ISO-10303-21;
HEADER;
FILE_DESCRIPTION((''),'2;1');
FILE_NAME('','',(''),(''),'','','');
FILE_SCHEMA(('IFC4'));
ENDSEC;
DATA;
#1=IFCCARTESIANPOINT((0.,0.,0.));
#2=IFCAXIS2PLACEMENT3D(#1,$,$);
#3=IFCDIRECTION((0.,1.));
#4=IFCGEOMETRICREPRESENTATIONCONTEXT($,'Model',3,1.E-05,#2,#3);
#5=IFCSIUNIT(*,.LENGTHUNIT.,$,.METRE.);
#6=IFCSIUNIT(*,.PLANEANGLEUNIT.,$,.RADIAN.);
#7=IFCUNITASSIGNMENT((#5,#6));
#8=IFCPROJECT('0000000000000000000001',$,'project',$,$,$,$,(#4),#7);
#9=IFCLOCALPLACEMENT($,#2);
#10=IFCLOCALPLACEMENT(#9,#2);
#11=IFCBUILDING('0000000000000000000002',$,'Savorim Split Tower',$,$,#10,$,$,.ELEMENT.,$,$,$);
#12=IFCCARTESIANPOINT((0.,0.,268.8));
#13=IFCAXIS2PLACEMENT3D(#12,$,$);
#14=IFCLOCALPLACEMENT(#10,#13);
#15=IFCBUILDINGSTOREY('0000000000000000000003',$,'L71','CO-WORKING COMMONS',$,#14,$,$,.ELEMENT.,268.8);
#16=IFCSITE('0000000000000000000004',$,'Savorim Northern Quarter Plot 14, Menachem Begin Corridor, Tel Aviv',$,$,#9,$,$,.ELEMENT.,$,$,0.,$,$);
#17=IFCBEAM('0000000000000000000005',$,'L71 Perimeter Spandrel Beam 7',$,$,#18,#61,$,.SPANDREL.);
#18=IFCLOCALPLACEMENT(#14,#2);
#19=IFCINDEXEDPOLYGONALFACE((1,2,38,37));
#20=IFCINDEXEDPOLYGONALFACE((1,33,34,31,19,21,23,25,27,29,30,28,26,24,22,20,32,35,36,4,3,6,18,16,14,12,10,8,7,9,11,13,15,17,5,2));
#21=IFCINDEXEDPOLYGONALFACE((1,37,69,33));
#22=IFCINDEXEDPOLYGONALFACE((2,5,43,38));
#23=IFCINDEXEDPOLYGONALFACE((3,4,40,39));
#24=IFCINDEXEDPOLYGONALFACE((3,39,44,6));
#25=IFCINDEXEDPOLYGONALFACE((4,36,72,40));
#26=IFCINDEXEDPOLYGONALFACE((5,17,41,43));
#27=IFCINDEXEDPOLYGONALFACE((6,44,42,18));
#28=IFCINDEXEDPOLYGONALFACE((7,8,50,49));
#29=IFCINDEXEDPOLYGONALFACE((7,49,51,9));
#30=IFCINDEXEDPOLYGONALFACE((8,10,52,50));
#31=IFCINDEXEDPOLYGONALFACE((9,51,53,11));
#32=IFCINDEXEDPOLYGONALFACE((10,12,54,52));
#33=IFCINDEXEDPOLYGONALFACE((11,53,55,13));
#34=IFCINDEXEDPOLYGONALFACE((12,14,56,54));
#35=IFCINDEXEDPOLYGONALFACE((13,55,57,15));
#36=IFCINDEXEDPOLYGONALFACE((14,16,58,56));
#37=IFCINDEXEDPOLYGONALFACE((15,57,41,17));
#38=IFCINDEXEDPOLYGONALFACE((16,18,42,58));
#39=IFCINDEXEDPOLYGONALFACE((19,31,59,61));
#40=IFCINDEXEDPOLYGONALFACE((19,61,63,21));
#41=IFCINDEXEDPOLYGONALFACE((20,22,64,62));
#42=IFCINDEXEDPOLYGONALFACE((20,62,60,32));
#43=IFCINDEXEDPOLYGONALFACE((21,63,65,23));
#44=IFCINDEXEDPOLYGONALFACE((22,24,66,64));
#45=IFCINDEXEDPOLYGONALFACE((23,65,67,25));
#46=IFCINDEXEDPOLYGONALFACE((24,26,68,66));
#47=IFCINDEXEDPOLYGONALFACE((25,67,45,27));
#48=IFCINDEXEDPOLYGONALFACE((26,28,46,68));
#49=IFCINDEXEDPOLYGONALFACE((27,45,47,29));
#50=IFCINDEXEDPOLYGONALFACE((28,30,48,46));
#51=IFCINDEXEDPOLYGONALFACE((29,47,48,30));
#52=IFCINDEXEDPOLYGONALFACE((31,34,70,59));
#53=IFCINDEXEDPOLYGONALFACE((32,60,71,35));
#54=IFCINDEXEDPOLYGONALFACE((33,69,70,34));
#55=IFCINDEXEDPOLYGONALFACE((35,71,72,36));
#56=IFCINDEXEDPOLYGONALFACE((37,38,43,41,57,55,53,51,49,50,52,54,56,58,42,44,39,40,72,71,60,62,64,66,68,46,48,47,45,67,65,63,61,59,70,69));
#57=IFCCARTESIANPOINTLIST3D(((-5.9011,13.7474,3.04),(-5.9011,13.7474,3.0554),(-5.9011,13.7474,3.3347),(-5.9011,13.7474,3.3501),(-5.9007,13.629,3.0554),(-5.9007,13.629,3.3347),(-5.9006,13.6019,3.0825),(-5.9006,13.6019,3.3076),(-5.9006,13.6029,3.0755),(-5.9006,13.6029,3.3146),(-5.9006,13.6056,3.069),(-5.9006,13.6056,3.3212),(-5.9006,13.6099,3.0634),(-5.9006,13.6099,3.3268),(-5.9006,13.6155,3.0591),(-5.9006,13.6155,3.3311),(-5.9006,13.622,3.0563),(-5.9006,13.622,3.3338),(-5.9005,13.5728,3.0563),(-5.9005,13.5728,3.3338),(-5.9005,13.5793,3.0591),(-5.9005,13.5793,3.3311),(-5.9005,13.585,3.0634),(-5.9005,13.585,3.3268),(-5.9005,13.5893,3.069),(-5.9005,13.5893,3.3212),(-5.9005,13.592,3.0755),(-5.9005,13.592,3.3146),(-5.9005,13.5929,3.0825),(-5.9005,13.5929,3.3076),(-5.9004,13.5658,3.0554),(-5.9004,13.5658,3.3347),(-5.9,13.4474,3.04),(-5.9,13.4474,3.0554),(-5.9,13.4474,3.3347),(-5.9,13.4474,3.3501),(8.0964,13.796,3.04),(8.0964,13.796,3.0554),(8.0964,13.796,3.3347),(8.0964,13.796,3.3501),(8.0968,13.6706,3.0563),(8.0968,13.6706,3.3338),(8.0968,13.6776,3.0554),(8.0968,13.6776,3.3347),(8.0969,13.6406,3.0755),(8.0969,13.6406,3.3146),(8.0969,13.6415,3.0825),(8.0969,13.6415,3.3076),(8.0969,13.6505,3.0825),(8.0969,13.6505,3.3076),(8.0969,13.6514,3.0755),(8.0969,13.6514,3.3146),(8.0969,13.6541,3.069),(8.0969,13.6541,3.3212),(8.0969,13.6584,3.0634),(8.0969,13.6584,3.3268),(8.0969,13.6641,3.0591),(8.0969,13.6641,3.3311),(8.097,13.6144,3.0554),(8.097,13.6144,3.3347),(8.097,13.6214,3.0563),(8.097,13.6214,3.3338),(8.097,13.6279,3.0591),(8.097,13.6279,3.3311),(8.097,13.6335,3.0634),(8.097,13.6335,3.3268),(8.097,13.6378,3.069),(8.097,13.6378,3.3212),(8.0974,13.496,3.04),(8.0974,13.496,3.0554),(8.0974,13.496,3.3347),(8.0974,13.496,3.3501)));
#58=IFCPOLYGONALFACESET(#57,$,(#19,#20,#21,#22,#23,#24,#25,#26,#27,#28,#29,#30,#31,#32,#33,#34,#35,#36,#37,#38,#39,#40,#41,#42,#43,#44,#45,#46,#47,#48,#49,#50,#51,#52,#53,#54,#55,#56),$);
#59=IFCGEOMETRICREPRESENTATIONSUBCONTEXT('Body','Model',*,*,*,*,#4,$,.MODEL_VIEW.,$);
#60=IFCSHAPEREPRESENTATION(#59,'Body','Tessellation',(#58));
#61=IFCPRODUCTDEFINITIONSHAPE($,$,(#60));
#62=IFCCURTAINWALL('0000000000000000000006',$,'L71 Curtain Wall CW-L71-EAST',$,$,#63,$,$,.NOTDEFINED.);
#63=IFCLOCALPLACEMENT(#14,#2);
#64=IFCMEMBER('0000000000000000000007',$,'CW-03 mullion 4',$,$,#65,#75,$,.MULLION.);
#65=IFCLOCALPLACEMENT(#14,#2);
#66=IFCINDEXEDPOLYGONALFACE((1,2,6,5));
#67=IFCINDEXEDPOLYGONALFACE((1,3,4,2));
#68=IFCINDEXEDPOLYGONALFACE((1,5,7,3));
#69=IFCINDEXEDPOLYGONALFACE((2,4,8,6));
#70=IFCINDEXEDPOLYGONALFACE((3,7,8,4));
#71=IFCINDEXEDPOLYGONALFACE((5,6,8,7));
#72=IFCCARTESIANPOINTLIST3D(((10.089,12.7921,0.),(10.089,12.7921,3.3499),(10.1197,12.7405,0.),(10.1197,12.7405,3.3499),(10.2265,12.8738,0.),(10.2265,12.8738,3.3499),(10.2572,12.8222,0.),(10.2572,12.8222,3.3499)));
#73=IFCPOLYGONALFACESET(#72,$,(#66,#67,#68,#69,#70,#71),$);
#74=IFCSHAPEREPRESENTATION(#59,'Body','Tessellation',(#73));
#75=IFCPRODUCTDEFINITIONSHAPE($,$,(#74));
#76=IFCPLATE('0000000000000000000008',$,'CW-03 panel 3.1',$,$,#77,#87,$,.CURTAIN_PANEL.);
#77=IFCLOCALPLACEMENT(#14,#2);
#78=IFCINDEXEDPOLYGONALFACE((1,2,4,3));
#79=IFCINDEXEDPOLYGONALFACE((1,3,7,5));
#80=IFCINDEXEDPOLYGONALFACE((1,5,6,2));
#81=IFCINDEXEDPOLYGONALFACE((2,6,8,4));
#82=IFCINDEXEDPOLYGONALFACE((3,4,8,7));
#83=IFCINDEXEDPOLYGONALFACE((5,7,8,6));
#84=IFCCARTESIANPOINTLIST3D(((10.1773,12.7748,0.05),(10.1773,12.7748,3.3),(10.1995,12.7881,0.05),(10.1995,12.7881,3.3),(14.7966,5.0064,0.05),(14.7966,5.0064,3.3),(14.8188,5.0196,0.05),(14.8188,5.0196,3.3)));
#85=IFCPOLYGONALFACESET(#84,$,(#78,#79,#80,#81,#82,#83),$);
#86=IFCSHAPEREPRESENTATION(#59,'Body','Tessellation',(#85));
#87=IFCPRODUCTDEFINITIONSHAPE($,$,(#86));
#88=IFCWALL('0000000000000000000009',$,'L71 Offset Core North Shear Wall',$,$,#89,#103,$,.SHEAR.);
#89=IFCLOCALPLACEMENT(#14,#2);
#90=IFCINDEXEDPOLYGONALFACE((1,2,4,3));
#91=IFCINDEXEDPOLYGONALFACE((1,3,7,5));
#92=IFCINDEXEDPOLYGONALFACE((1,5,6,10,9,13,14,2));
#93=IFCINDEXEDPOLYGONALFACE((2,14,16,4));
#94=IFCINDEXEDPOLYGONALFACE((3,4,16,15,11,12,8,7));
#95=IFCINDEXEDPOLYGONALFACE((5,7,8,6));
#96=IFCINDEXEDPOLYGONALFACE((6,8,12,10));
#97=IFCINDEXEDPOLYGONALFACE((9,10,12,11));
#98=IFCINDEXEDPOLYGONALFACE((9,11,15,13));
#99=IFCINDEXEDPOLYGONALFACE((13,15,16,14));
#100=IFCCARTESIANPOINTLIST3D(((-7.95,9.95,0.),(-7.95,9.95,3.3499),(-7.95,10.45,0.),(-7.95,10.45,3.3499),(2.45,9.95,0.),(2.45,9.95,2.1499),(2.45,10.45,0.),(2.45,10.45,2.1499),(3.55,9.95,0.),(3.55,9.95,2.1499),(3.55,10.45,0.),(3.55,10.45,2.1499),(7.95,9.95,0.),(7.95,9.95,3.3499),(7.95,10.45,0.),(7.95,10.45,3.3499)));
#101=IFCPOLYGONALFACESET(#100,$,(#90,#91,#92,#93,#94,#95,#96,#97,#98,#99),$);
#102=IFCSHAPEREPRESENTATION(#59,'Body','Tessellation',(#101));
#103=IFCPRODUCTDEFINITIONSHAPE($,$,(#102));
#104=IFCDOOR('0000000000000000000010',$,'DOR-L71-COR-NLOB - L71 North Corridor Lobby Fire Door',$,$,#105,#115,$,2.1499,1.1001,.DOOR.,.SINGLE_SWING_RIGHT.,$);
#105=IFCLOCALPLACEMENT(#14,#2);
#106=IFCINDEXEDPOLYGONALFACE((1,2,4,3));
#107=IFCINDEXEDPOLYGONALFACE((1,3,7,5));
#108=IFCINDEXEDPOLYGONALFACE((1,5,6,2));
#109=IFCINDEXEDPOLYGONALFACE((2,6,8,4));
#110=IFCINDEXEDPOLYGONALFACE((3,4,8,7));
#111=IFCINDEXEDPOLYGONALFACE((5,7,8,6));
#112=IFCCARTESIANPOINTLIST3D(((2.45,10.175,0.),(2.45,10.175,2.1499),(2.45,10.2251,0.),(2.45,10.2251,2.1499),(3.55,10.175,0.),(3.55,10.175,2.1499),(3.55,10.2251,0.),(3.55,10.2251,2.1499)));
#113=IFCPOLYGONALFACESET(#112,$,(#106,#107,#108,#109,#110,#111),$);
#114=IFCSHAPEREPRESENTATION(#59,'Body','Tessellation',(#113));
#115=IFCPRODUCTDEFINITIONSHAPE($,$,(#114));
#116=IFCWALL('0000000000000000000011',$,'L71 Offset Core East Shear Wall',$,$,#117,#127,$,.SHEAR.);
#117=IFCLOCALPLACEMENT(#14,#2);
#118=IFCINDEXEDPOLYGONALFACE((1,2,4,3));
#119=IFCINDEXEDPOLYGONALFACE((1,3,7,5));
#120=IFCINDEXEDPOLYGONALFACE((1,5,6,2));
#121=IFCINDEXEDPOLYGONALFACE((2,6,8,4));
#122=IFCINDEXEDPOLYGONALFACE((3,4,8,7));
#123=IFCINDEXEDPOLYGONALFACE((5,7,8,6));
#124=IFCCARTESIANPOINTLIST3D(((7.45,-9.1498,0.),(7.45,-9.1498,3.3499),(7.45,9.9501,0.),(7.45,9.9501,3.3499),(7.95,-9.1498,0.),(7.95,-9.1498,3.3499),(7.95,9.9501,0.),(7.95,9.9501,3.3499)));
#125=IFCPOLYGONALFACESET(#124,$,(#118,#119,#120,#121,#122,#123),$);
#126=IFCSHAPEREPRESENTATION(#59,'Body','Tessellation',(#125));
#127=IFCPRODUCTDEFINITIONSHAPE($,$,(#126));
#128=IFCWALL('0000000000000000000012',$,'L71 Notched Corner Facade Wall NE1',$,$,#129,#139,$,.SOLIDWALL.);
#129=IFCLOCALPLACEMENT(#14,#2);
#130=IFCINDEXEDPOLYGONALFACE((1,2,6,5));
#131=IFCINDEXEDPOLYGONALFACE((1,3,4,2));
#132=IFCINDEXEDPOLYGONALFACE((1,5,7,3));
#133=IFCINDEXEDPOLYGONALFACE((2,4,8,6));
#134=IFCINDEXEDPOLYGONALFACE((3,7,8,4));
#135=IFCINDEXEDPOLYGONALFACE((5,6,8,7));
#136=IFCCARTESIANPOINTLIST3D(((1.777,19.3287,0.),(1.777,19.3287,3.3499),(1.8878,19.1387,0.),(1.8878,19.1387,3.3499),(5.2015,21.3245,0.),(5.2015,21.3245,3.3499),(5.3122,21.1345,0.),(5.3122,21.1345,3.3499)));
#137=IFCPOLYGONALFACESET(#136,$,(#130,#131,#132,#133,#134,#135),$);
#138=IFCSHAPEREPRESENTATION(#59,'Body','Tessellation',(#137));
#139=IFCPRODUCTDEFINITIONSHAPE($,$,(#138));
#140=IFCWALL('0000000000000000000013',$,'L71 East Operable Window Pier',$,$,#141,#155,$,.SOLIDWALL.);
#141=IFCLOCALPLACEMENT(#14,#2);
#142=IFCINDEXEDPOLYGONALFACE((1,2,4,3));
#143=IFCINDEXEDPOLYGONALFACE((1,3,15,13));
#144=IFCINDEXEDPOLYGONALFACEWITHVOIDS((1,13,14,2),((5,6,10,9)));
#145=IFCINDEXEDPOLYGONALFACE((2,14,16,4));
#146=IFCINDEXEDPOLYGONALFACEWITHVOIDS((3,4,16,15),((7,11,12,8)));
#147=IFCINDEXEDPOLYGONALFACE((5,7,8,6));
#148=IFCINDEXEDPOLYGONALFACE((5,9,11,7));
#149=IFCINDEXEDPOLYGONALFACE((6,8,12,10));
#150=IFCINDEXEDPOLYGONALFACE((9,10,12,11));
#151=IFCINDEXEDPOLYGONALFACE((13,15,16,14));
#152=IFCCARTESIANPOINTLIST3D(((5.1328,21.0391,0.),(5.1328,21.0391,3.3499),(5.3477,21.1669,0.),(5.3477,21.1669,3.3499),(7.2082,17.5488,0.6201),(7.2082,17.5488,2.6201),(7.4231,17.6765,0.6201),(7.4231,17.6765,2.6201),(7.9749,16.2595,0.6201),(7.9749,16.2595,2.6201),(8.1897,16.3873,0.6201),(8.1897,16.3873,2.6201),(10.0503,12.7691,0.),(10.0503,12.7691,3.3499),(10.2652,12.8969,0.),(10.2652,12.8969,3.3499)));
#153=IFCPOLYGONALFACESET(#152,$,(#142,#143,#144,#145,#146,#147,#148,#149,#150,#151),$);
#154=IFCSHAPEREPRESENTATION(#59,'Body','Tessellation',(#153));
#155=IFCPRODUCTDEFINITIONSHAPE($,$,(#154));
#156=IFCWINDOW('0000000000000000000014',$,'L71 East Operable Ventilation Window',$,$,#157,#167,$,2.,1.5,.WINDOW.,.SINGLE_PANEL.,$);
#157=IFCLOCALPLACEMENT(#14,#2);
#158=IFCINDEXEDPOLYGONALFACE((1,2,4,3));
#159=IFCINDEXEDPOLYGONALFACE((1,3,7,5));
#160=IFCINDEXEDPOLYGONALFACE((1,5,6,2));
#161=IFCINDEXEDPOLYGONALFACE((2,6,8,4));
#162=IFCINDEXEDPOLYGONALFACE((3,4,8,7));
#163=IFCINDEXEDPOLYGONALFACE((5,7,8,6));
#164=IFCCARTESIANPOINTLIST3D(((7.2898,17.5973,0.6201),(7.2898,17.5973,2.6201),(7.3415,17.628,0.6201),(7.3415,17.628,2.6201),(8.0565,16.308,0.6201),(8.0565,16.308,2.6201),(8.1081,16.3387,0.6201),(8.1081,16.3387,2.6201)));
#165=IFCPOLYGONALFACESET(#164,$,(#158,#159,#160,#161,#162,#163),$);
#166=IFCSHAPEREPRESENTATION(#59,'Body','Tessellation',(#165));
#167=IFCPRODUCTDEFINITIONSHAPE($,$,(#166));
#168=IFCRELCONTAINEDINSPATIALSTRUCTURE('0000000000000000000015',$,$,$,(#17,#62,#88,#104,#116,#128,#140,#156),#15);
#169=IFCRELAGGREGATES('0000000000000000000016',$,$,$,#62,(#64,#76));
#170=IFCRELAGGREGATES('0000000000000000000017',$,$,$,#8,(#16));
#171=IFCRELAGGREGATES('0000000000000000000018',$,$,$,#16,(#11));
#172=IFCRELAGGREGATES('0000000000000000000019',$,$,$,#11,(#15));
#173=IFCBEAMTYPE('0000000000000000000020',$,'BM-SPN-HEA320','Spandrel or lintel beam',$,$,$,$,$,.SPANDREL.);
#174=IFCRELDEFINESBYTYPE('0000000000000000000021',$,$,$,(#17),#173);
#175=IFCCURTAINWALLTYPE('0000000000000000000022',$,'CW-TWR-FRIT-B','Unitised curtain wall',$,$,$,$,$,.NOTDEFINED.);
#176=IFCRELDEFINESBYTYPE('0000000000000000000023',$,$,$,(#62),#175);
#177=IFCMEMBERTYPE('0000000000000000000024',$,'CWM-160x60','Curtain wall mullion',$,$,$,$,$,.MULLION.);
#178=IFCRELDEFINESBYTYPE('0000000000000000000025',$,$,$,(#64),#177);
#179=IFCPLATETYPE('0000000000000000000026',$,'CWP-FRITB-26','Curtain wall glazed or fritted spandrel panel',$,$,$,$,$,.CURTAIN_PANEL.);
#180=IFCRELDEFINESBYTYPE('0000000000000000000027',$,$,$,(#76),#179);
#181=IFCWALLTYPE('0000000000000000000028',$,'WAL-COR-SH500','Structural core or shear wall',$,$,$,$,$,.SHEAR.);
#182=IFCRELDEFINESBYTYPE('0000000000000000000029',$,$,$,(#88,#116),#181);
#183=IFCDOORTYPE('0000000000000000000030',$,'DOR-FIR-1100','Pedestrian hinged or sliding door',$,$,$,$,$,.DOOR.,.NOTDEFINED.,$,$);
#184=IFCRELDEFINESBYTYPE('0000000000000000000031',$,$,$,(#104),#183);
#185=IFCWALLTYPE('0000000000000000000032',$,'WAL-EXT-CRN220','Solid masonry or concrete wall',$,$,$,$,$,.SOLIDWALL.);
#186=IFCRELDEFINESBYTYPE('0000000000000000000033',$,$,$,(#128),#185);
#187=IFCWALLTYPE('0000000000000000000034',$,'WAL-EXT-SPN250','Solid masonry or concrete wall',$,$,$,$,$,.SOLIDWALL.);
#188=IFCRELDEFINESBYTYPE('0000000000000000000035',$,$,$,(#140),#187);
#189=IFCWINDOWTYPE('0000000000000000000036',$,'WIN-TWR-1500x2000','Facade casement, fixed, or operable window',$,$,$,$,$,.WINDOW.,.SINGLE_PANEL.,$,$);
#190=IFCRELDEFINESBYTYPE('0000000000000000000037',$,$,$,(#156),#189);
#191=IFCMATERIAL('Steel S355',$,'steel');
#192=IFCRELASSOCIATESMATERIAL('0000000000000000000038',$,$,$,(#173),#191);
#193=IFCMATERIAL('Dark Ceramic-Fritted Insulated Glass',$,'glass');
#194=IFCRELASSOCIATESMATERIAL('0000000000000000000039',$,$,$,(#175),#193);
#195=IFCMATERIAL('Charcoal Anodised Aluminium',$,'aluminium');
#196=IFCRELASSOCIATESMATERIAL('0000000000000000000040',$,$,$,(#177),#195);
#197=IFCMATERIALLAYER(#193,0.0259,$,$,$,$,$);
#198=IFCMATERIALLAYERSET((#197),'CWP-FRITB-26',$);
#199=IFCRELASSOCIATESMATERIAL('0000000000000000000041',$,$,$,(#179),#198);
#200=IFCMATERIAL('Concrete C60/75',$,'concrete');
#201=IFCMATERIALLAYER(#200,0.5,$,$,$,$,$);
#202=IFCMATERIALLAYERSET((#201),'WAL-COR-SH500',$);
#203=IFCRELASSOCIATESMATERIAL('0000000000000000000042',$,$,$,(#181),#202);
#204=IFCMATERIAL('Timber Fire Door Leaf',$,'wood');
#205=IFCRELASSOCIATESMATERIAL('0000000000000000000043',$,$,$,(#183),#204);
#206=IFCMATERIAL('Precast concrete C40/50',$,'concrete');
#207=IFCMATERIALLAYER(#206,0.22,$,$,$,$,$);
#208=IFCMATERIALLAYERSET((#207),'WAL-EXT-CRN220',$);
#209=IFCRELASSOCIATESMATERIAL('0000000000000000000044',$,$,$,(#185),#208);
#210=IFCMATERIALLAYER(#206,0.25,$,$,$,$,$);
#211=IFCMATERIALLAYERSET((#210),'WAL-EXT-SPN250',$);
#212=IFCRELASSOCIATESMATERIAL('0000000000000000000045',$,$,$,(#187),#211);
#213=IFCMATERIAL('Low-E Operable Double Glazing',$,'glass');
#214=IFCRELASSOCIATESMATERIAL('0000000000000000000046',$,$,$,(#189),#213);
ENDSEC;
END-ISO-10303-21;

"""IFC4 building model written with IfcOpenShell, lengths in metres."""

from ifc_helpers import new_model, si_unit, direction, frame, frame_2d, origin, origin_2d, place, context, subcontext, project, spatial, rectangle, i_section, extrude, material, layer, layer_set, material_profile, profile_set, type_object, element, fill, aggregate, save


model = new_model("IFC4")

# Units and contexts
model_context = context("Model", 3, precision=1e-05, world=origin(), true_north=direction((0.0, 1.0)))
body_context = subcontext(model_context, "Body", "Model", "MODEL_VIEW")
ifc_project = project(units=[si_unit("LENGTHUNIT", "METRE"), si_unit("PLANEANGLEUNIT", "RADIAN")], contexts=[model_context])

# Site, building, storey
site_placement = place(None, origin())
site = spatial("IfcSite", under=ifc_project, at=site_placement, Name="Savorim Northern Quarter Plot 14, Menachem Begin Corridor, Tel Aviv", CompositionType="ELEMENT", RefElevation=0.0)
building_placement = place(site_placement, origin())
building = spatial("IfcBuilding", under=site, at=building_placement, Name="Savorim Split Tower", CompositionType="ELEMENT")
storey_placement = place(building_placement, frame((0.0, 0.0, 268.8)))
storey = spatial("IfcBuildingStorey", under=building, at=storey_placement, Name="L71", Description="CO-WORKING COMMONS", CompositionType="ELEMENT", Elevation=268.8)

# Shared definitions
ifc_material_1 = material(Name="Steel S355", Category="steel")

# Beam
ifc_material_profile_1 = material_profile(ifc_material_1, i_section(OverallWidth=0.3, OverallDepth=0.3101, WebThickness=0.009, FlangeThickness=0.0154, FilletRadius=0.0271, at=origin_2d()), Name="HEA 320")
ifc_profile_set_1 = profile_set([ifc_material_profile_1], Name="Steel S355")
beam_type_1 = type_object("IfcBeamType", Name="BM-SPN-HEA320", Description="Spandrel or lintel beam", PredefinedType="SPANDREL", material=ifc_profile_set_1)
beam_1_placement = place(storey_placement, frame((8.0969, 13.646, 3.1951), z_axis=(-0.999994, -0.003471, 0.0), x_axis=(0.003471, -0.999994, 0.0)))
element("IfcBeam", 1, at=beam_1_placement, inside=storey, type_object=beam_type_1, Name="L71 Perimeter Spandrel Beam 7", PredefinedType="SPANDREL", context=body_context, shape_type="SweptSolid", body=[
    extrude(i_section(OverallWidth=0.3, OverallDepth=0.3101, WebThickness=0.009, FlangeThickness=0.0154, FilletRadius=0.0271, at=origin_2d()), origin(), (0.0, 0.0, 1.0), 13.9976),
])

# Curtain wall, member, plate
ifc_material_2 = material(Name="Dark Ceramic-Fritted Insulated Glass", Category="glass")
curtain_wall_type = type_object("IfcCurtainWallType", Name="CW-TWR-FRIT-B", Description="Unitised curtain wall", PredefinedType="NOTDEFINED", material=ifc_material_2)
curtain_wall_placement = place(storey_placement, origin())
curtain_wall = element("IfcCurtainWall", 2, at=curtain_wall_placement, inside=storey, type_object=curtain_wall_type, Name="L71 Curtain Wall CW-L71-EAST", PredefinedType="NOTDEFINED")
ifc_material_3 = material(Name="Charcoal Anodised Aluminium", Category="aluminium")
ifc_material_profile_2 = material_profile(ifc_material_3, rectangle(XDim=0.1599, YDim=0.0601, at=origin_2d()), Name="ALU-M 160x60")
ifc_profile_set_2 = profile_set([ifc_material_profile_2], Name="Charcoal Anodised Aluminium")
member_type = type_object("IfcMemberType", Name="CWM-160x60", Description="Curtain wall mullion", PredefinedType="MULLION", material=ifc_profile_set_2)
member_placement = place(storey_placement, frame((10.1731, 12.8071, 0.0), z_axis=(0.0, 0.0, 1.0), x_axis=(-0.859527, -0.51109, 0.0)))
member = element("IfcMember", 3, at=member_placement, type_object=member_type, Name="CW-03 mullion 4", PredefinedType="MULLION", context=body_context, shape_type="SweptSolid", body=[
    extrude(rectangle(XDim=0.1599, YDim=0.0601, at=origin_2d()), origin(), (0.0, 0.0, 1.0), 3.3499),
])
ifc_layer_1 = layer(ifc_material_2, 0.0259)
ifc_layer_set_1 = layer_set([ifc_layer_1], Name="CWP-FRITB-26")
plate_type = type_object("IfcPlateType", Name="CWP-FRITB-26", Description="Curtain wall glazed or fritted spandrel panel", PredefinedType="CURTAIN_PANEL", material=ifc_layer_set_1)
plate_placement = place(storey_placement, frame((12.498, 8.8972, 0.05), z_axis=(0.0, 0.0, 1.0), x_axis=(-0.51109, 0.859527, 0.0)))
plate = element("IfcPlate", 4, at=plate_placement, type_object=plate_type, Name="CW-03 panel 3.1", PredefinedType="CURTAIN_PANEL", context=body_context, shape_type="SweptSolid", body=[
    extrude(rectangle(XDim=9.0381, YDim=0.0259, at=origin_2d()), origin(), (0.0, 0.0, 1.0), 3.25),
])
aggregate(curtain_wall, [member, plate])

# Wall, opening, door
ifc_material_4 = material(Name="Concrete C60/75", Category="concrete")
ifc_layer_2 = layer(ifc_material_4, 0.5)
ifc_layer_set_2 = layer_set([ifc_layer_2], Name="WAL-COR-SH500")
wall_type_1 = type_object("IfcWallType", Name="WAL-COR-SH500", Description="Structural core or shear wall", PredefinedType="SHEAR", material=ifc_layer_set_2)
wall_1_placement = place(storey_placement, frame((7.95, 10.2, 0.0), z_axis=(0.0, 0.0, 1.0), x_axis=(-1.0, 0.0, 0.0)))
wall_1 = element("IfcWall", 5, at=wall_1_placement, inside=storey, type_object=wall_type_1, Name="L71 Offset Core North Shear Wall", PredefinedType="SHEAR", context=body_context, shape_type="SweptSolid", body=[
    extrude(rectangle(XDim=15.8999, YDim=0.5, at=frame_2d((7.95, 0.0))), origin(), (0.0, 0.0, 1.0), 3.3499),
])
opening_1_placement = place(wall_1_placement, frame((4.3999, 0.0, 0.0)))
opening_1 = element("IfcOpeningElement", 6, at=opening_1_placement, cuts=wall_1, PredefinedType="OPENING", context=body_context, shape_type="SweptSolid", body=[
    extrude(rectangle(XDim=1.1001, YDim=2.1499, at=frame_2d((0.55, 1.075))), frame((0.0, 0.26, 0.0), z_axis=(0.0, -1.0, 0.0), x_axis=(1.0, 0.0, 0.0)), (0.0, 0.0, 1.0), 0.52),
])
ifc_material_5 = material(Name="Timber Fire Door Leaf", Category="wood")
door_type_1 = type_object("IfcDoorType", Name="DOR-FIR-1100", Description="Pedestrian hinged or sliding door", OperationType="NOTDEFINED", PredefinedType="DOOR", material=ifc_material_5)
door_1_placement = place(opening_1_placement, origin())
door_1 = element("IfcDoor", 7, at=door_1_placement, inside=storey, type_object=door_type_1, Name="DOR-L71-COR-NLOB - L71 North Corridor Lobby Fire Door", OperationType="SINGLE_SWING_RIGHT", OverallHeight=2.1499, OverallWidth=1.1001, PredefinedType="DOOR", context=body_context, shape_type="SweptSolid", body=[
    extrude(rectangle(XDim=1.1001, YDim=2.1499, at=frame_2d((0.55, 1.075))), frame((0.0, 0.0249, 0.0), z_axis=(0.0, -1.0, 0.0), x_axis=(1.0, 0.0, 0.0)), (0.0, 0.0, 1.0), 0.05),
])
fill(opening_1, door_1)

# Walls
wall_2_placement = place(storey_placement, frame((7.7, 9.95, 0.0), z_axis=(0.0, 0.0, 1.0), x_axis=(0.0, -1.0, 0.0)))
element("IfcWall", 8, at=wall_2_placement, inside=storey, type_object=wall_type_1, Name="L71 Offset Core East Shear Wall", PredefinedType="SHEAR", context=body_context, shape_type="SweptSolid", body=[
    extrude(rectangle(XDim=19.0999, YDim=0.5, at=frame_2d((9.5498, 0.0))), origin(), (0.0, 0.0, 1.0), 3.3499),
])
ifc_material_6 = material(Name="Precast concrete C40/50", Category="concrete")
ifc_layer_3 = layer(ifc_material_6, 0.22)
ifc_layer_set_3 = layer_set([ifc_layer_3], Name="WAL-EXT-CRN220")
wall_type_2 = type_object("IfcWallType", Name="WAL-EXT-CRN220", Description="Solid masonry or concrete wall", PredefinedType="SOLIDWALL", material=ifc_layer_set_3)
wall_3_placement = place(storey_placement, frame((1.8323, 19.2336, 0.0), z_axis=(0.0, 0.0, 1.0), x_axis=(0.863978, 0.50353, 0.0)))
element("IfcWall", 9, at=wall_3_placement, inside=storey, type_object=wall_type_2, Name="L71 Notched Corner Facade Wall NE1", PredefinedType="SOLIDWALL", context=body_context, shape_type="SweptSolid", body=[
    extrude(rectangle(XDim=3.9636, YDim=0.22, at=frame_2d((1.9819, 0.0))), origin(), (0.0, 0.0, 1.0), 3.3499),
])

# Wall, opening, window
ifc_layer_4 = layer(ifc_material_6, 0.25)
ifc_layer_set_4 = layer_set([ifc_layer_4], Name="WAL-EXT-SPN250")
wall_type_3 = type_object("IfcWallType", Name="WAL-EXT-SPN250", Description="Solid masonry or concrete wall", PredefinedType="SOLIDWALL", material=ifc_layer_set_4)
wall_4_placement = place(storey_placement, frame((5.2402, 21.103, 0.0), z_axis=(0.0, 0.0, 1.0), x_axis=(0.511089, -0.859528, 0.0)))
wall_4 = element("IfcWall", 10, at=wall_4_placement, inside=storey, type_object=wall_type_3, Name="L71 East Operable Window Pier", PredefinedType="SOLIDWALL", context=body_context, shape_type="SweptSolid", body=[
    extrude(rectangle(XDim=9.6216, YDim=0.25, at=frame_2d((4.8108, 0.0))), origin(), (0.0, 0.0, 1.0), 3.3499),
])
opening_2_placement = place(wall_4_placement, frame((4.0608, 0.0, 0.6201)))
opening_2 = element("IfcOpeningElement", 11, at=opening_2_placement, cuts=wall_4, PredefinedType="OPENING", context=body_context, shape_type="SweptSolid", body=[
    extrude(rectangle(XDim=1.5, YDim=2.0, at=frame_2d((0.75, 1.0))), frame((0.0, 0.135, 0.0), z_axis=(0.0, -1.0, 0.0), x_axis=(1.0, 0.0, 0.0)), (0.0, 0.0, 1.0), 0.27),
])
ifc_material_7 = material(Name="Low-E Operable Double Glazing", Category="glass")
window_type = type_object("IfcWindowType", Name="WIN-TWR-1500x2000", Description="Facade casement, fixed, or operable window", PartitioningType="SINGLE_PANEL", PredefinedType="WINDOW", material=ifc_material_7)
window_placement = place(opening_2_placement, origin())
window = element("IfcWindow", 12, at=window_placement, inside=storey, type_object=window_type, Name="L71 East Operable Ventilation Window", OverallHeight=2.0, OverallWidth=1.5, PartitioningType="SINGLE_PANEL", PredefinedType="WINDOW", context=body_context, shape_type="SweptSolid", body=[
    extrude(rectangle(XDim=1.5, YDim=2.0, at=frame_2d((0.75, 1.0))), frame((0.0, 0.03, 0.0), z_axis=(0.0, -1.0, 0.0), x_axis=(1.0, 0.0, 0.0)), (0.0, 0.0, 1.0), 0.0601),
])
fill(opening_2, window)

save(model, "model.ifc")
